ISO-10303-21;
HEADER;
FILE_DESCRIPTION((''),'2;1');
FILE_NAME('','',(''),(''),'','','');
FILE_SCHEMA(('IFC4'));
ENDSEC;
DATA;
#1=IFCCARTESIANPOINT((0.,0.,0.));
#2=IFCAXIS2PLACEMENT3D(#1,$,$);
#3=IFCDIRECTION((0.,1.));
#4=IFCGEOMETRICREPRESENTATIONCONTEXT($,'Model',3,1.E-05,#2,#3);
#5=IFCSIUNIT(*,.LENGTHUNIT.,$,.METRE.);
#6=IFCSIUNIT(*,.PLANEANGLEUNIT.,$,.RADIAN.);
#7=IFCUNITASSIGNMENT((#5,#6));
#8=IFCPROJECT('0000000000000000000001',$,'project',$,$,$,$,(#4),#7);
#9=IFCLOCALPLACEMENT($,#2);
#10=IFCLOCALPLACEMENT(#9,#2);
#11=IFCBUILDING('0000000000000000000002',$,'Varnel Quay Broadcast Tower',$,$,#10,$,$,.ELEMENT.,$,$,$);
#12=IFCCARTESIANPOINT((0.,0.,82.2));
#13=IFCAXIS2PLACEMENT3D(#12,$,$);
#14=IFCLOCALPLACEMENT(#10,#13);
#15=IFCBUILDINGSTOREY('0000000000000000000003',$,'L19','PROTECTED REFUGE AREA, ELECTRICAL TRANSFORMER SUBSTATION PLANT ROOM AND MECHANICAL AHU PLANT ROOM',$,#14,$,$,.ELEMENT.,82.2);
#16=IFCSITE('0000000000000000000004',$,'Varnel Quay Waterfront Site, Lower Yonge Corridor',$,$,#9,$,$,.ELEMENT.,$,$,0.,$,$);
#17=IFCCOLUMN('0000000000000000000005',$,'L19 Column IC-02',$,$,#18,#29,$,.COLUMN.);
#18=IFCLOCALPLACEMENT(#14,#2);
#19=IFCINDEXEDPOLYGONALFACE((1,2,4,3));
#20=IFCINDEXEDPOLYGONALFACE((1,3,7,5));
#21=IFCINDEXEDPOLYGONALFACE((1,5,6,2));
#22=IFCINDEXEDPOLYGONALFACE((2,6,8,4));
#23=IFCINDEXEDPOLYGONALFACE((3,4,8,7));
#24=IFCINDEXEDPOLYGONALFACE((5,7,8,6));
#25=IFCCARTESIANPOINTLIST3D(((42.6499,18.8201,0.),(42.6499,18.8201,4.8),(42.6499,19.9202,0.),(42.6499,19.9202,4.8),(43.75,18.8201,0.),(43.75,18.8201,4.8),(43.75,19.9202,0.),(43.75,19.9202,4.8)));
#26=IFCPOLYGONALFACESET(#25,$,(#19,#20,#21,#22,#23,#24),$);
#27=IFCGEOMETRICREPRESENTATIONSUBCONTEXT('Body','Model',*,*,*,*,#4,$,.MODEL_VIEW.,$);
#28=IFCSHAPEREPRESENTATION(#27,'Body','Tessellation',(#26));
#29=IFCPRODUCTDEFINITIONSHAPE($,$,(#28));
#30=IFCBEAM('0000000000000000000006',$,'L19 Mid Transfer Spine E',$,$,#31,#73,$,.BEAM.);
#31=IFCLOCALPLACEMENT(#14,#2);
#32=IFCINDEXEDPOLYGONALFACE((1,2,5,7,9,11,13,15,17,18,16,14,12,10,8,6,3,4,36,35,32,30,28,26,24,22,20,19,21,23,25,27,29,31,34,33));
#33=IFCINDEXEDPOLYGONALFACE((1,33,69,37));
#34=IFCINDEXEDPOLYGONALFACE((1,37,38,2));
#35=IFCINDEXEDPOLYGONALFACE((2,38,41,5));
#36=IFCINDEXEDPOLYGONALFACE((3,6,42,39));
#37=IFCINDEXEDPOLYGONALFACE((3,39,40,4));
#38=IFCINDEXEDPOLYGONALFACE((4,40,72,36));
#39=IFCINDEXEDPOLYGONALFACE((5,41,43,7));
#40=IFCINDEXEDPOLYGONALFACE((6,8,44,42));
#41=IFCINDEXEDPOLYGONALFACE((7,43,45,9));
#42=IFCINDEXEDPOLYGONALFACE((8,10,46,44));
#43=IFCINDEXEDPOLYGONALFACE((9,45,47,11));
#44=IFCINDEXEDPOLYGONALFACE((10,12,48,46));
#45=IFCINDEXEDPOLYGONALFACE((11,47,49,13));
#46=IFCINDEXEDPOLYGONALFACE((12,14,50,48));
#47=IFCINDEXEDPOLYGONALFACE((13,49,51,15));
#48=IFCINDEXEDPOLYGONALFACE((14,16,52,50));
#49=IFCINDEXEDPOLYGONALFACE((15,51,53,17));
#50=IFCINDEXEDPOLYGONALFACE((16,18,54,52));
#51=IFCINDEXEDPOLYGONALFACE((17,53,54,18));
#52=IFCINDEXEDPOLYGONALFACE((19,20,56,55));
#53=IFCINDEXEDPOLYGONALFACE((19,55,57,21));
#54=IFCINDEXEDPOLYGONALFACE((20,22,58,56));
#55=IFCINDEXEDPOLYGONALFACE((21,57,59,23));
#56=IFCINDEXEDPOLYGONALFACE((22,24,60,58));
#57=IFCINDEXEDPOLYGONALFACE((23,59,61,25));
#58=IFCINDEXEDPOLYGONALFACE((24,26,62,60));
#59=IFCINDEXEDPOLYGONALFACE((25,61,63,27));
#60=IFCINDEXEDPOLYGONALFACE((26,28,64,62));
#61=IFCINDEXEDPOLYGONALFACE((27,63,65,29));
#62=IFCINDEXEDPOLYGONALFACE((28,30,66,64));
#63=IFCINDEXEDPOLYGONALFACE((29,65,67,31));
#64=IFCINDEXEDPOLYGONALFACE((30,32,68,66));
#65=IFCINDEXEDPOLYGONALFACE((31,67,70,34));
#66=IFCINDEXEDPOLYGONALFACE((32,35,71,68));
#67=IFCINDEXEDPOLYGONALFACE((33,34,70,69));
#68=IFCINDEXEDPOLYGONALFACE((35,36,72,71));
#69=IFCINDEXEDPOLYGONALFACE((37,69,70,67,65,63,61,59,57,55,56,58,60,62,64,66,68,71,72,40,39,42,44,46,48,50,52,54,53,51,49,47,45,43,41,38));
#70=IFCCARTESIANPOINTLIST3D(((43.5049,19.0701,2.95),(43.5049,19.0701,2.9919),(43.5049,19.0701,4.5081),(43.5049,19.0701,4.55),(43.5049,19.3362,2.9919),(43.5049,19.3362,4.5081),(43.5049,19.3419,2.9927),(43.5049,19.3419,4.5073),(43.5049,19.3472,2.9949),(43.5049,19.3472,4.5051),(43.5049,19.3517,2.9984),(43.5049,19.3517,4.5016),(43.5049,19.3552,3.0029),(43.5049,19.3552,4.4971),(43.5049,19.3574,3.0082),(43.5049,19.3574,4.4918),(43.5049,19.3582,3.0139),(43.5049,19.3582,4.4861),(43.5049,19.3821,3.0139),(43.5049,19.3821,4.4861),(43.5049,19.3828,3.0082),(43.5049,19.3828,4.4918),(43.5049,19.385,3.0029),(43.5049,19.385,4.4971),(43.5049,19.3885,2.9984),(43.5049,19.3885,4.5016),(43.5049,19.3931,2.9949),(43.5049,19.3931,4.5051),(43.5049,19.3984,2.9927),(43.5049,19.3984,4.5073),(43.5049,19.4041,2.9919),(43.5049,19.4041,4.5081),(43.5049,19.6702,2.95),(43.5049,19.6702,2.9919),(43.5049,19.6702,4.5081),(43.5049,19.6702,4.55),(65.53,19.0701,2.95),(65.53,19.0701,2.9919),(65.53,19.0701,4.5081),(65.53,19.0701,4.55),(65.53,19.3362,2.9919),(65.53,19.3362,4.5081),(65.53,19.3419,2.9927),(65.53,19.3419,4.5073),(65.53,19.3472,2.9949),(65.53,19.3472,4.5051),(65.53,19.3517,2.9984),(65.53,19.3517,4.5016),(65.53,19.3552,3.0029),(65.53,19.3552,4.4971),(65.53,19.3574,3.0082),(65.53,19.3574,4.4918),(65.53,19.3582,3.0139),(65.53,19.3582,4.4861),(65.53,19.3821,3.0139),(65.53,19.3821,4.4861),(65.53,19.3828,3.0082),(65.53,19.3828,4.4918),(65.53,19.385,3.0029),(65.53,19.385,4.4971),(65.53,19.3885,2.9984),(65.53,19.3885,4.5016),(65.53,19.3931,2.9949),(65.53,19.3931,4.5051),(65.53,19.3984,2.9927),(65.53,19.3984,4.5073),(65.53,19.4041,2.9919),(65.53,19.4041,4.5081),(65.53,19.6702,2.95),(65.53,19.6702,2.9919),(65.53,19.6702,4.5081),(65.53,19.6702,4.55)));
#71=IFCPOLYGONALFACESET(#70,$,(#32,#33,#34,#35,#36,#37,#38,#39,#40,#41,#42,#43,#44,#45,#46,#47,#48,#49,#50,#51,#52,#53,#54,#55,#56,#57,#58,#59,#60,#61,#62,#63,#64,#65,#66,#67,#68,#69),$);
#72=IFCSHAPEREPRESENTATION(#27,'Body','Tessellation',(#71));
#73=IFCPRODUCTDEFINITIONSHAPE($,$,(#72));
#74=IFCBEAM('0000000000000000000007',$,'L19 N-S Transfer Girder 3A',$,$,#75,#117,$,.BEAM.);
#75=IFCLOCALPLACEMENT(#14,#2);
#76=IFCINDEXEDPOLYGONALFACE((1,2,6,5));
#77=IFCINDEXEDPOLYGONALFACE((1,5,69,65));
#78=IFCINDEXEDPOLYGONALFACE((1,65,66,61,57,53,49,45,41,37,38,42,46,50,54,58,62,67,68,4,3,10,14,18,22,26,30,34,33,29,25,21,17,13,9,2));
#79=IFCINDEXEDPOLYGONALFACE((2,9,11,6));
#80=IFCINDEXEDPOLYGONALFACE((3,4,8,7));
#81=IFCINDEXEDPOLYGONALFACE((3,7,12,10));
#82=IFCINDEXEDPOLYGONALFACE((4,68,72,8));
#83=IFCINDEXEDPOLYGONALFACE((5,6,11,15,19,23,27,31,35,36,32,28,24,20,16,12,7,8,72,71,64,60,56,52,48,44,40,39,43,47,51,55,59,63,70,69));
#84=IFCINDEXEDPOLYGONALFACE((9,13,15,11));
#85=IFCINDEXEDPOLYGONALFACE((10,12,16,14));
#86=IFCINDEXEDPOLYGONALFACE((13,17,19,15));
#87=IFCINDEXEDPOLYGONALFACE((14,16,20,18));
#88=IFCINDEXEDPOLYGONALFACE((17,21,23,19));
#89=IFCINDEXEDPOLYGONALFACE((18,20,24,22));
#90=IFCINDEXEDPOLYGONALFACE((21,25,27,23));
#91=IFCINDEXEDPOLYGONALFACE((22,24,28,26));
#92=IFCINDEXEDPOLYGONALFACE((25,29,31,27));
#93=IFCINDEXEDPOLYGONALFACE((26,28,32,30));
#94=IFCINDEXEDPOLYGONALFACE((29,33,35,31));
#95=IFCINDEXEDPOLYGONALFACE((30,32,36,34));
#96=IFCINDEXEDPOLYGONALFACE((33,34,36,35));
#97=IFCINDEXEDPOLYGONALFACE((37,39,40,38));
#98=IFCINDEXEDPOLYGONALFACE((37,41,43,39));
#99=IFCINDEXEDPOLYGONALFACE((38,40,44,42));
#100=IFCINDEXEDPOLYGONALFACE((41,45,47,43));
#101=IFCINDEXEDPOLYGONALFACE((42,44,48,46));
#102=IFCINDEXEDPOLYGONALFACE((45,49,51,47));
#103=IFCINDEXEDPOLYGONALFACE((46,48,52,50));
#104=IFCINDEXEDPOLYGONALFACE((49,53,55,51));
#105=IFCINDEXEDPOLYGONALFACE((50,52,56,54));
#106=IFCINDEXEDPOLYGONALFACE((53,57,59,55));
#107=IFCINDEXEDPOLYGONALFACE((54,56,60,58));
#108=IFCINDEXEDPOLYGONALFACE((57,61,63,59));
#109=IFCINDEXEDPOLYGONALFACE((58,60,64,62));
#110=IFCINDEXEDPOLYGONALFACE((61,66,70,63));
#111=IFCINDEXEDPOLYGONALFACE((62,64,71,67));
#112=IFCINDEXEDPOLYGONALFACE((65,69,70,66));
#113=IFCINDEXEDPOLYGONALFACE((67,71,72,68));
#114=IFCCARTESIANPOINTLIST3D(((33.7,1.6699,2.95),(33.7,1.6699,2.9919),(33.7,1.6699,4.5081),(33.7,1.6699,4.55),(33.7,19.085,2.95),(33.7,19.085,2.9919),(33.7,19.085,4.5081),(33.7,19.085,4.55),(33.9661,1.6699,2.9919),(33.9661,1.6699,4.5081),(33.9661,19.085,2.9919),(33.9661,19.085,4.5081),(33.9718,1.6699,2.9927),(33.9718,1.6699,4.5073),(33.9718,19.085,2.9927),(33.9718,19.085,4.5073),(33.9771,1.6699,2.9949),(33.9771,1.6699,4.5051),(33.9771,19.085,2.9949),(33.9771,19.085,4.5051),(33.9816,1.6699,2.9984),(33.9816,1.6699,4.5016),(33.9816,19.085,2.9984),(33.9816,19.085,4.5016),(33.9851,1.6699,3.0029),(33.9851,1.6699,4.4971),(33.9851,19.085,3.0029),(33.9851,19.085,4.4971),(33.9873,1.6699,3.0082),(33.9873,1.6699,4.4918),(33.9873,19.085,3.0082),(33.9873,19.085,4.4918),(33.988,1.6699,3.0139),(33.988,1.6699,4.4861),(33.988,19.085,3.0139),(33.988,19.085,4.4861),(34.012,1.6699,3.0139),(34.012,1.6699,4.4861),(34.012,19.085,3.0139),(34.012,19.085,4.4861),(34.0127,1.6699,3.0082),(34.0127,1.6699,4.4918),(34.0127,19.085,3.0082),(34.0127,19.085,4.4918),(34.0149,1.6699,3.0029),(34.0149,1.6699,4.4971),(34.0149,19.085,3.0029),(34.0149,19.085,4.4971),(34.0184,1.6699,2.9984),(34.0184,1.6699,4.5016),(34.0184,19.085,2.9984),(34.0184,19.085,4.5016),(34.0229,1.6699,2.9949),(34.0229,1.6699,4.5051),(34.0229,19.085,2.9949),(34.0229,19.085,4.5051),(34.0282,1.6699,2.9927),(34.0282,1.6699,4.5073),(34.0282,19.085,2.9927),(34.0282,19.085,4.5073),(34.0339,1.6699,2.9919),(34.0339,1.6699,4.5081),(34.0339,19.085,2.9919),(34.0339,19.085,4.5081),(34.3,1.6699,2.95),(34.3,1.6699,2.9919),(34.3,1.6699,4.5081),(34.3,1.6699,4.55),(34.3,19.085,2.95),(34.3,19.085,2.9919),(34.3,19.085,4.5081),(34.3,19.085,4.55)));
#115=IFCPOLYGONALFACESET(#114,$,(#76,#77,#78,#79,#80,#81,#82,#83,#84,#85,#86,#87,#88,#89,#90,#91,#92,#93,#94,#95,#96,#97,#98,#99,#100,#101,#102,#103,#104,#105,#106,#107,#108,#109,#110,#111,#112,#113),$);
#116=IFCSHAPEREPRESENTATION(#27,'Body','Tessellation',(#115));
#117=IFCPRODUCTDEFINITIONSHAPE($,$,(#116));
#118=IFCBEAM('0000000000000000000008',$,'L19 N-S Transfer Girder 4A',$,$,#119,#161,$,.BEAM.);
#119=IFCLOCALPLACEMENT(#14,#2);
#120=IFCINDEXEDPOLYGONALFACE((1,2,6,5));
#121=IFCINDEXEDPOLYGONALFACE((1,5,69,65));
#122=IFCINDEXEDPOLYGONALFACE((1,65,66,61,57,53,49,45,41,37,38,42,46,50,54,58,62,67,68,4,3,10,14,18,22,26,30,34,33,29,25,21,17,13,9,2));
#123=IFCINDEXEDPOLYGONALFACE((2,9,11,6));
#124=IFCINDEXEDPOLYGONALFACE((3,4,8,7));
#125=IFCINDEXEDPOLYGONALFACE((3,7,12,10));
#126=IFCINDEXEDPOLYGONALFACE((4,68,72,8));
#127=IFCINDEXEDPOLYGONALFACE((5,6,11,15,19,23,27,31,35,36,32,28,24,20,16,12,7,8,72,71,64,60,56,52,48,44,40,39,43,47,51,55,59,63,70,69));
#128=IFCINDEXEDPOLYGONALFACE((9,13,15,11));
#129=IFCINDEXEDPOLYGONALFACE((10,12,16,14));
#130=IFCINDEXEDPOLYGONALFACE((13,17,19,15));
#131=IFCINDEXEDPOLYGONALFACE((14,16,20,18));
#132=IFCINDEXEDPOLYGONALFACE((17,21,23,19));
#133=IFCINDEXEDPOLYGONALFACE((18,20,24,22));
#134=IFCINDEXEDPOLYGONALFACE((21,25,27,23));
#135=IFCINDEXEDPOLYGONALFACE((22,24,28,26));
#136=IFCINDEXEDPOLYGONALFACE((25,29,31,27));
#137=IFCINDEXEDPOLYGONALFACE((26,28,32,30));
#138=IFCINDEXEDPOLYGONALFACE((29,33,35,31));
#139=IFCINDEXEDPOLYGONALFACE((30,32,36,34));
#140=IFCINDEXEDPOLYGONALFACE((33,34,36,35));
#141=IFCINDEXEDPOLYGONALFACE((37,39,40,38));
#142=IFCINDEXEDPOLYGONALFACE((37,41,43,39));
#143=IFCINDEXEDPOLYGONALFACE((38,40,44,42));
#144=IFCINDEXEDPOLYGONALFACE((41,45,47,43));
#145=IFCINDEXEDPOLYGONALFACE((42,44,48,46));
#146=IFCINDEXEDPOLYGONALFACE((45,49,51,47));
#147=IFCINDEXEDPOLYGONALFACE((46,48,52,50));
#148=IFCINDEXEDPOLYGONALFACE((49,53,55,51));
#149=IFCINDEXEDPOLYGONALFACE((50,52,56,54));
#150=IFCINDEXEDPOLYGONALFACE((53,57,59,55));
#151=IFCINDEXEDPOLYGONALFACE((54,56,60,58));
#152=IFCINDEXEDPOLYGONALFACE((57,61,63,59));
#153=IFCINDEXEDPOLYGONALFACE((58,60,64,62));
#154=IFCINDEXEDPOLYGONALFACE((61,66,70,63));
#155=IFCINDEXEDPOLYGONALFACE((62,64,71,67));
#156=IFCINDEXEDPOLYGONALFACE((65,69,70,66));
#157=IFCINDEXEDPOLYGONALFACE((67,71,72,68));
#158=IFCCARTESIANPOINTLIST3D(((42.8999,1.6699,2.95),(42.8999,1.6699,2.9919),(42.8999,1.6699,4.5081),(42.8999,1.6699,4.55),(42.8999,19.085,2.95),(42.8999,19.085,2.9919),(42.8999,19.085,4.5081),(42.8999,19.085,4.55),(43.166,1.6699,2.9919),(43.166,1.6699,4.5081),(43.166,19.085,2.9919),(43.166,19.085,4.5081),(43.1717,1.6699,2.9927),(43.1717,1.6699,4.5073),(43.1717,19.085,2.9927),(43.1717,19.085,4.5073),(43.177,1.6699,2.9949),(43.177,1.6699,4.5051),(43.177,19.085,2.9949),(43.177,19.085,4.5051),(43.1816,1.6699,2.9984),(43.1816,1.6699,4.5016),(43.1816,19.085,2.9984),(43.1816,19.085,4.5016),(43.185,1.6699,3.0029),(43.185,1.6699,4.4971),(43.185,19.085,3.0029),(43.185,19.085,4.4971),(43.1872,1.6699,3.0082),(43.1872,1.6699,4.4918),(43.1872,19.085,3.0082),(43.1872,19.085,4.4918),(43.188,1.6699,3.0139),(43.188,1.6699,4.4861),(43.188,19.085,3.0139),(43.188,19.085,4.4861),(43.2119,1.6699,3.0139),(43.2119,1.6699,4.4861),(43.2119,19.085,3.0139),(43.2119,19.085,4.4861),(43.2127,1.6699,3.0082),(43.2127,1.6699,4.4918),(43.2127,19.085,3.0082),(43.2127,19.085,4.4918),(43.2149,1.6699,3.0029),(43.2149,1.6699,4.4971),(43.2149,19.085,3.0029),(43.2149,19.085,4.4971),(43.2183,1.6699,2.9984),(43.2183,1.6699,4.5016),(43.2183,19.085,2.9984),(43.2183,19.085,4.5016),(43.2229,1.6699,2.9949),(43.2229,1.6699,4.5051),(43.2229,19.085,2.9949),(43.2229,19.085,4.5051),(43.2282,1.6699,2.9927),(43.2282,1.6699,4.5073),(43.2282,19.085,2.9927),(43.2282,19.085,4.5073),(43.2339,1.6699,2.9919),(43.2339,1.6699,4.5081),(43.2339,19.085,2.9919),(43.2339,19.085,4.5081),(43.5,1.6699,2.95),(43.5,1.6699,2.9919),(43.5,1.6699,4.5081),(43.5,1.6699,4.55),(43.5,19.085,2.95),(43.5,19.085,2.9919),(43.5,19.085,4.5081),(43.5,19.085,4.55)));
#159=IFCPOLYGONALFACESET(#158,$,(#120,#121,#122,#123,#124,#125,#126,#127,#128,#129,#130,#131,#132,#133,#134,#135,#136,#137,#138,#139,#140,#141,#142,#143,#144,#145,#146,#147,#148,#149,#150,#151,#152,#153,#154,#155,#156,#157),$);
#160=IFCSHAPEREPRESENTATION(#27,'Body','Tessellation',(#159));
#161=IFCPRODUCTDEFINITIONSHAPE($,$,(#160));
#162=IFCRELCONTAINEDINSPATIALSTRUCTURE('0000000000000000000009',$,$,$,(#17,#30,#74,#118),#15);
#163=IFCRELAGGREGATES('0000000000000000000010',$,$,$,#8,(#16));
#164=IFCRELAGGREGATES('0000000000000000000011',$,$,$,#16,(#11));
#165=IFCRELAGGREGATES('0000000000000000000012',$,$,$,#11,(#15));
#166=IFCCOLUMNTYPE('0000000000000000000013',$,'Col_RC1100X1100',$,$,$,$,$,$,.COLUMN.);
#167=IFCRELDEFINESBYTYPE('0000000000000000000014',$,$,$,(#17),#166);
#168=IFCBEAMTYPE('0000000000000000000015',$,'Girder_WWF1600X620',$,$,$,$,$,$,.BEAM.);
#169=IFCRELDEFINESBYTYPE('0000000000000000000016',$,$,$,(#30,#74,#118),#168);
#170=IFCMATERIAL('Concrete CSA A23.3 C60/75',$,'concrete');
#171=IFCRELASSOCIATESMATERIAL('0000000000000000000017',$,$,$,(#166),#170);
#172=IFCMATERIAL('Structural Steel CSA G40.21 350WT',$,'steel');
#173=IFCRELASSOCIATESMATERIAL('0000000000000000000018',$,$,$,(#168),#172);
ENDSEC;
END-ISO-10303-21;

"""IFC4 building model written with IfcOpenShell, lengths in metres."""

from ifc_helpers import new_model, si_unit, direction, frame, origin, origin_2d, place, context, subcontext, project, spatial, rectangle, i_section, extrude, source, transform, mapped, material, material_profile, profile_set, type_object, type_shapes, element, save


model = new_model("IFC4")

# Units and contexts
model_context = context("Model", 3, precision=1e-05, world=origin(), true_north=direction((0.0, 1.0)))
body_context = subcontext(model_context, "Body", "Model", "MODEL_VIEW")
ifc_project = project(units=[si_unit("LENGTHUNIT", "METRE"), si_unit("PLANEANGLEUNIT", "RADIAN")], contexts=[model_context])

# Site, building, storey
site_placement = place(None, origin())
site = spatial("IfcSite", under=ifc_project, at=site_placement, Name="Varnel Quay Waterfront Site, Lower Yonge Corridor", CompositionType="ELEMENT", RefElevation=0.0)
building_placement = place(site_placement, origin())
building = spatial("IfcBuilding", under=site, at=building_placement, Name="Varnel Quay Broadcast Tower", CompositionType="ELEMENT")
storey_placement = place(building_placement, frame((0.0, 0.0, 82.2)))
storey = spatial("IfcBuildingStorey", under=building, at=storey_placement, Name="L19", Description="PROTECTED REFUGE AREA, ELECTRICAL TRANSFORMER SUBSTATION PLANT ROOM AND MECHANICAL AHU PLANT ROOM", CompositionType="ELEMENT", Elevation=82.2)

# Column
ifc_material_1 = material(Name="Concrete CSA A23.3 C60/75", Category="concrete")
ifc_material_profile_1 = material_profile(ifc_material_1, rectangle(XDim=1.1001, YDim=1.1001, at=origin_2d()), Name="RC1100X1100")
ifc_profile_set_1 = profile_set([ifc_material_profile_1], Name="Concrete CSA A23.3 C60/75")
column_type = type_object("IfcColumnType", Name="Col_RC1100X1100", PredefinedType="COLUMN", material=ifc_profile_set_1)
shared_shape_1 = source(origin(), body_context, "Body", "SweptSolid", [
    extrude(rectangle(XDim=1.1001, YDim=1.1001, at=origin_2d()), origin(), (0.0, 0.0, 1.0), 4.8),
])
type_shapes(column_type, [shared_shape_1])
column_placement = place(storey_placement, frame((43.2, 19.3701, 0.0), z_axis=(0.0, 0.0, 1.0), x_axis=(1.0, 0.0, 0.0)))
element("IfcColumn", 1, at=column_placement, inside=storey, type_object=column_type, Name="L19 Column IC-02", PredefinedType="COLUMN", context=body_context, shape_type="MappedRepresentation", body=[
    mapped(shared_shape_1, transform((0.0, 0.0, 0.0), x_axis=(1.0, 0.0, 0.0), y_axis=(0.0, 1.0, 0.0), z_axis=(0.0, 0.0, 1.0), scale=1.0)),
])

# Beams
ifc_material_2 = material(Name="Structural Steel CSA G40.21 350WT", Category="steel")
ifc_material_profile_2 = material_profile(ifc_material_2, i_section(OverallWidth=0.6001, OverallDepth=1.6001, WebThickness=0.0239, FlangeThickness=0.042, FilletRadius=0.022, at=origin_2d()), Name="WWF1600X620")
ifc_profile_set_2 = profile_set([ifc_material_profile_2], Name="Structural Steel CSA G40.21 350WT")
beam_type_1 = type_object("IfcBeamType", Name="Girder_WWF1600X620", PredefinedType="BEAM", material=ifc_profile_set_2)
shared_shape_2 = source(origin(), body_context, "Body", "SweptSolid", [
    extrude(i_section(OverallWidth=0.6001, OverallDepth=1.6001, WebThickness=0.0239, FlangeThickness=0.042, FilletRadius=0.022, at=origin_2d()), origin(), (0.0, 0.0, 1.0), 22.0251),
])
beam_1_placement = place(storey_placement, frame((43.5049, 19.3701, 3.75), z_axis=(1.0, 0.0, 0.0), x_axis=(0.0, 1.0, 0.0)))
element("IfcBeam", 2, at=beam_1_placement, inside=storey, type_object=beam_type_1, Name="L19 Mid Transfer Spine E", PredefinedType="BEAM", context=body_context, shape_type="MappedRepresentation", body=[
    mapped(shared_shape_2, transform((0.0, 0.0, 0.0), x_axis=(1.0, 0.0, 0.0), y_axis=(0.0, 1.0, 0.0), z_axis=(0.0, 0.0, 1.0), scale=1.0)),
])
shared_shape_3 = source(origin(), body_context, "Body", "SweptSolid", [
    extrude(i_section(OverallWidth=0.6001, OverallDepth=1.6001, WebThickness=0.0239, FlangeThickness=0.042, FilletRadius=0.022, at=origin_2d()), origin(), (0.0, 0.0, 1.0), 17.415),
])
for number, where, z_axis, x_axis, name in (
    (3, (34.0, 1.6699, 3.75), (0.0, 1.0, 0.0), (-1.0, 0.0, 0.0), "L19 N-S Transfer Girder 3A"),
    (4, (43.2, 1.6699, 3.75), (0.0, 1.0, 0.0), (-1.0, 0.0, 0.0), "L19 N-S Transfer Girder 4A"),
):
    element("IfcBeam", number, at=place(storey_placement, frame(where, z_axis=z_axis, x_axis=x_axis)), inside=storey, type_object=beam_type_1, Name=name, PredefinedType="BEAM", context=body_context, shape_type="MappedRepresentation", body=[
        mapped(shared_shape_3, transform((0.0, 0.0, 0.0), x_axis=(1.0, 0.0, 0.0), y_axis=(0.0, 1.0, 0.0), z_axis=(0.0, 0.0, 1.0), scale=1.0)),
    ])

save(model, "model.ifc")
